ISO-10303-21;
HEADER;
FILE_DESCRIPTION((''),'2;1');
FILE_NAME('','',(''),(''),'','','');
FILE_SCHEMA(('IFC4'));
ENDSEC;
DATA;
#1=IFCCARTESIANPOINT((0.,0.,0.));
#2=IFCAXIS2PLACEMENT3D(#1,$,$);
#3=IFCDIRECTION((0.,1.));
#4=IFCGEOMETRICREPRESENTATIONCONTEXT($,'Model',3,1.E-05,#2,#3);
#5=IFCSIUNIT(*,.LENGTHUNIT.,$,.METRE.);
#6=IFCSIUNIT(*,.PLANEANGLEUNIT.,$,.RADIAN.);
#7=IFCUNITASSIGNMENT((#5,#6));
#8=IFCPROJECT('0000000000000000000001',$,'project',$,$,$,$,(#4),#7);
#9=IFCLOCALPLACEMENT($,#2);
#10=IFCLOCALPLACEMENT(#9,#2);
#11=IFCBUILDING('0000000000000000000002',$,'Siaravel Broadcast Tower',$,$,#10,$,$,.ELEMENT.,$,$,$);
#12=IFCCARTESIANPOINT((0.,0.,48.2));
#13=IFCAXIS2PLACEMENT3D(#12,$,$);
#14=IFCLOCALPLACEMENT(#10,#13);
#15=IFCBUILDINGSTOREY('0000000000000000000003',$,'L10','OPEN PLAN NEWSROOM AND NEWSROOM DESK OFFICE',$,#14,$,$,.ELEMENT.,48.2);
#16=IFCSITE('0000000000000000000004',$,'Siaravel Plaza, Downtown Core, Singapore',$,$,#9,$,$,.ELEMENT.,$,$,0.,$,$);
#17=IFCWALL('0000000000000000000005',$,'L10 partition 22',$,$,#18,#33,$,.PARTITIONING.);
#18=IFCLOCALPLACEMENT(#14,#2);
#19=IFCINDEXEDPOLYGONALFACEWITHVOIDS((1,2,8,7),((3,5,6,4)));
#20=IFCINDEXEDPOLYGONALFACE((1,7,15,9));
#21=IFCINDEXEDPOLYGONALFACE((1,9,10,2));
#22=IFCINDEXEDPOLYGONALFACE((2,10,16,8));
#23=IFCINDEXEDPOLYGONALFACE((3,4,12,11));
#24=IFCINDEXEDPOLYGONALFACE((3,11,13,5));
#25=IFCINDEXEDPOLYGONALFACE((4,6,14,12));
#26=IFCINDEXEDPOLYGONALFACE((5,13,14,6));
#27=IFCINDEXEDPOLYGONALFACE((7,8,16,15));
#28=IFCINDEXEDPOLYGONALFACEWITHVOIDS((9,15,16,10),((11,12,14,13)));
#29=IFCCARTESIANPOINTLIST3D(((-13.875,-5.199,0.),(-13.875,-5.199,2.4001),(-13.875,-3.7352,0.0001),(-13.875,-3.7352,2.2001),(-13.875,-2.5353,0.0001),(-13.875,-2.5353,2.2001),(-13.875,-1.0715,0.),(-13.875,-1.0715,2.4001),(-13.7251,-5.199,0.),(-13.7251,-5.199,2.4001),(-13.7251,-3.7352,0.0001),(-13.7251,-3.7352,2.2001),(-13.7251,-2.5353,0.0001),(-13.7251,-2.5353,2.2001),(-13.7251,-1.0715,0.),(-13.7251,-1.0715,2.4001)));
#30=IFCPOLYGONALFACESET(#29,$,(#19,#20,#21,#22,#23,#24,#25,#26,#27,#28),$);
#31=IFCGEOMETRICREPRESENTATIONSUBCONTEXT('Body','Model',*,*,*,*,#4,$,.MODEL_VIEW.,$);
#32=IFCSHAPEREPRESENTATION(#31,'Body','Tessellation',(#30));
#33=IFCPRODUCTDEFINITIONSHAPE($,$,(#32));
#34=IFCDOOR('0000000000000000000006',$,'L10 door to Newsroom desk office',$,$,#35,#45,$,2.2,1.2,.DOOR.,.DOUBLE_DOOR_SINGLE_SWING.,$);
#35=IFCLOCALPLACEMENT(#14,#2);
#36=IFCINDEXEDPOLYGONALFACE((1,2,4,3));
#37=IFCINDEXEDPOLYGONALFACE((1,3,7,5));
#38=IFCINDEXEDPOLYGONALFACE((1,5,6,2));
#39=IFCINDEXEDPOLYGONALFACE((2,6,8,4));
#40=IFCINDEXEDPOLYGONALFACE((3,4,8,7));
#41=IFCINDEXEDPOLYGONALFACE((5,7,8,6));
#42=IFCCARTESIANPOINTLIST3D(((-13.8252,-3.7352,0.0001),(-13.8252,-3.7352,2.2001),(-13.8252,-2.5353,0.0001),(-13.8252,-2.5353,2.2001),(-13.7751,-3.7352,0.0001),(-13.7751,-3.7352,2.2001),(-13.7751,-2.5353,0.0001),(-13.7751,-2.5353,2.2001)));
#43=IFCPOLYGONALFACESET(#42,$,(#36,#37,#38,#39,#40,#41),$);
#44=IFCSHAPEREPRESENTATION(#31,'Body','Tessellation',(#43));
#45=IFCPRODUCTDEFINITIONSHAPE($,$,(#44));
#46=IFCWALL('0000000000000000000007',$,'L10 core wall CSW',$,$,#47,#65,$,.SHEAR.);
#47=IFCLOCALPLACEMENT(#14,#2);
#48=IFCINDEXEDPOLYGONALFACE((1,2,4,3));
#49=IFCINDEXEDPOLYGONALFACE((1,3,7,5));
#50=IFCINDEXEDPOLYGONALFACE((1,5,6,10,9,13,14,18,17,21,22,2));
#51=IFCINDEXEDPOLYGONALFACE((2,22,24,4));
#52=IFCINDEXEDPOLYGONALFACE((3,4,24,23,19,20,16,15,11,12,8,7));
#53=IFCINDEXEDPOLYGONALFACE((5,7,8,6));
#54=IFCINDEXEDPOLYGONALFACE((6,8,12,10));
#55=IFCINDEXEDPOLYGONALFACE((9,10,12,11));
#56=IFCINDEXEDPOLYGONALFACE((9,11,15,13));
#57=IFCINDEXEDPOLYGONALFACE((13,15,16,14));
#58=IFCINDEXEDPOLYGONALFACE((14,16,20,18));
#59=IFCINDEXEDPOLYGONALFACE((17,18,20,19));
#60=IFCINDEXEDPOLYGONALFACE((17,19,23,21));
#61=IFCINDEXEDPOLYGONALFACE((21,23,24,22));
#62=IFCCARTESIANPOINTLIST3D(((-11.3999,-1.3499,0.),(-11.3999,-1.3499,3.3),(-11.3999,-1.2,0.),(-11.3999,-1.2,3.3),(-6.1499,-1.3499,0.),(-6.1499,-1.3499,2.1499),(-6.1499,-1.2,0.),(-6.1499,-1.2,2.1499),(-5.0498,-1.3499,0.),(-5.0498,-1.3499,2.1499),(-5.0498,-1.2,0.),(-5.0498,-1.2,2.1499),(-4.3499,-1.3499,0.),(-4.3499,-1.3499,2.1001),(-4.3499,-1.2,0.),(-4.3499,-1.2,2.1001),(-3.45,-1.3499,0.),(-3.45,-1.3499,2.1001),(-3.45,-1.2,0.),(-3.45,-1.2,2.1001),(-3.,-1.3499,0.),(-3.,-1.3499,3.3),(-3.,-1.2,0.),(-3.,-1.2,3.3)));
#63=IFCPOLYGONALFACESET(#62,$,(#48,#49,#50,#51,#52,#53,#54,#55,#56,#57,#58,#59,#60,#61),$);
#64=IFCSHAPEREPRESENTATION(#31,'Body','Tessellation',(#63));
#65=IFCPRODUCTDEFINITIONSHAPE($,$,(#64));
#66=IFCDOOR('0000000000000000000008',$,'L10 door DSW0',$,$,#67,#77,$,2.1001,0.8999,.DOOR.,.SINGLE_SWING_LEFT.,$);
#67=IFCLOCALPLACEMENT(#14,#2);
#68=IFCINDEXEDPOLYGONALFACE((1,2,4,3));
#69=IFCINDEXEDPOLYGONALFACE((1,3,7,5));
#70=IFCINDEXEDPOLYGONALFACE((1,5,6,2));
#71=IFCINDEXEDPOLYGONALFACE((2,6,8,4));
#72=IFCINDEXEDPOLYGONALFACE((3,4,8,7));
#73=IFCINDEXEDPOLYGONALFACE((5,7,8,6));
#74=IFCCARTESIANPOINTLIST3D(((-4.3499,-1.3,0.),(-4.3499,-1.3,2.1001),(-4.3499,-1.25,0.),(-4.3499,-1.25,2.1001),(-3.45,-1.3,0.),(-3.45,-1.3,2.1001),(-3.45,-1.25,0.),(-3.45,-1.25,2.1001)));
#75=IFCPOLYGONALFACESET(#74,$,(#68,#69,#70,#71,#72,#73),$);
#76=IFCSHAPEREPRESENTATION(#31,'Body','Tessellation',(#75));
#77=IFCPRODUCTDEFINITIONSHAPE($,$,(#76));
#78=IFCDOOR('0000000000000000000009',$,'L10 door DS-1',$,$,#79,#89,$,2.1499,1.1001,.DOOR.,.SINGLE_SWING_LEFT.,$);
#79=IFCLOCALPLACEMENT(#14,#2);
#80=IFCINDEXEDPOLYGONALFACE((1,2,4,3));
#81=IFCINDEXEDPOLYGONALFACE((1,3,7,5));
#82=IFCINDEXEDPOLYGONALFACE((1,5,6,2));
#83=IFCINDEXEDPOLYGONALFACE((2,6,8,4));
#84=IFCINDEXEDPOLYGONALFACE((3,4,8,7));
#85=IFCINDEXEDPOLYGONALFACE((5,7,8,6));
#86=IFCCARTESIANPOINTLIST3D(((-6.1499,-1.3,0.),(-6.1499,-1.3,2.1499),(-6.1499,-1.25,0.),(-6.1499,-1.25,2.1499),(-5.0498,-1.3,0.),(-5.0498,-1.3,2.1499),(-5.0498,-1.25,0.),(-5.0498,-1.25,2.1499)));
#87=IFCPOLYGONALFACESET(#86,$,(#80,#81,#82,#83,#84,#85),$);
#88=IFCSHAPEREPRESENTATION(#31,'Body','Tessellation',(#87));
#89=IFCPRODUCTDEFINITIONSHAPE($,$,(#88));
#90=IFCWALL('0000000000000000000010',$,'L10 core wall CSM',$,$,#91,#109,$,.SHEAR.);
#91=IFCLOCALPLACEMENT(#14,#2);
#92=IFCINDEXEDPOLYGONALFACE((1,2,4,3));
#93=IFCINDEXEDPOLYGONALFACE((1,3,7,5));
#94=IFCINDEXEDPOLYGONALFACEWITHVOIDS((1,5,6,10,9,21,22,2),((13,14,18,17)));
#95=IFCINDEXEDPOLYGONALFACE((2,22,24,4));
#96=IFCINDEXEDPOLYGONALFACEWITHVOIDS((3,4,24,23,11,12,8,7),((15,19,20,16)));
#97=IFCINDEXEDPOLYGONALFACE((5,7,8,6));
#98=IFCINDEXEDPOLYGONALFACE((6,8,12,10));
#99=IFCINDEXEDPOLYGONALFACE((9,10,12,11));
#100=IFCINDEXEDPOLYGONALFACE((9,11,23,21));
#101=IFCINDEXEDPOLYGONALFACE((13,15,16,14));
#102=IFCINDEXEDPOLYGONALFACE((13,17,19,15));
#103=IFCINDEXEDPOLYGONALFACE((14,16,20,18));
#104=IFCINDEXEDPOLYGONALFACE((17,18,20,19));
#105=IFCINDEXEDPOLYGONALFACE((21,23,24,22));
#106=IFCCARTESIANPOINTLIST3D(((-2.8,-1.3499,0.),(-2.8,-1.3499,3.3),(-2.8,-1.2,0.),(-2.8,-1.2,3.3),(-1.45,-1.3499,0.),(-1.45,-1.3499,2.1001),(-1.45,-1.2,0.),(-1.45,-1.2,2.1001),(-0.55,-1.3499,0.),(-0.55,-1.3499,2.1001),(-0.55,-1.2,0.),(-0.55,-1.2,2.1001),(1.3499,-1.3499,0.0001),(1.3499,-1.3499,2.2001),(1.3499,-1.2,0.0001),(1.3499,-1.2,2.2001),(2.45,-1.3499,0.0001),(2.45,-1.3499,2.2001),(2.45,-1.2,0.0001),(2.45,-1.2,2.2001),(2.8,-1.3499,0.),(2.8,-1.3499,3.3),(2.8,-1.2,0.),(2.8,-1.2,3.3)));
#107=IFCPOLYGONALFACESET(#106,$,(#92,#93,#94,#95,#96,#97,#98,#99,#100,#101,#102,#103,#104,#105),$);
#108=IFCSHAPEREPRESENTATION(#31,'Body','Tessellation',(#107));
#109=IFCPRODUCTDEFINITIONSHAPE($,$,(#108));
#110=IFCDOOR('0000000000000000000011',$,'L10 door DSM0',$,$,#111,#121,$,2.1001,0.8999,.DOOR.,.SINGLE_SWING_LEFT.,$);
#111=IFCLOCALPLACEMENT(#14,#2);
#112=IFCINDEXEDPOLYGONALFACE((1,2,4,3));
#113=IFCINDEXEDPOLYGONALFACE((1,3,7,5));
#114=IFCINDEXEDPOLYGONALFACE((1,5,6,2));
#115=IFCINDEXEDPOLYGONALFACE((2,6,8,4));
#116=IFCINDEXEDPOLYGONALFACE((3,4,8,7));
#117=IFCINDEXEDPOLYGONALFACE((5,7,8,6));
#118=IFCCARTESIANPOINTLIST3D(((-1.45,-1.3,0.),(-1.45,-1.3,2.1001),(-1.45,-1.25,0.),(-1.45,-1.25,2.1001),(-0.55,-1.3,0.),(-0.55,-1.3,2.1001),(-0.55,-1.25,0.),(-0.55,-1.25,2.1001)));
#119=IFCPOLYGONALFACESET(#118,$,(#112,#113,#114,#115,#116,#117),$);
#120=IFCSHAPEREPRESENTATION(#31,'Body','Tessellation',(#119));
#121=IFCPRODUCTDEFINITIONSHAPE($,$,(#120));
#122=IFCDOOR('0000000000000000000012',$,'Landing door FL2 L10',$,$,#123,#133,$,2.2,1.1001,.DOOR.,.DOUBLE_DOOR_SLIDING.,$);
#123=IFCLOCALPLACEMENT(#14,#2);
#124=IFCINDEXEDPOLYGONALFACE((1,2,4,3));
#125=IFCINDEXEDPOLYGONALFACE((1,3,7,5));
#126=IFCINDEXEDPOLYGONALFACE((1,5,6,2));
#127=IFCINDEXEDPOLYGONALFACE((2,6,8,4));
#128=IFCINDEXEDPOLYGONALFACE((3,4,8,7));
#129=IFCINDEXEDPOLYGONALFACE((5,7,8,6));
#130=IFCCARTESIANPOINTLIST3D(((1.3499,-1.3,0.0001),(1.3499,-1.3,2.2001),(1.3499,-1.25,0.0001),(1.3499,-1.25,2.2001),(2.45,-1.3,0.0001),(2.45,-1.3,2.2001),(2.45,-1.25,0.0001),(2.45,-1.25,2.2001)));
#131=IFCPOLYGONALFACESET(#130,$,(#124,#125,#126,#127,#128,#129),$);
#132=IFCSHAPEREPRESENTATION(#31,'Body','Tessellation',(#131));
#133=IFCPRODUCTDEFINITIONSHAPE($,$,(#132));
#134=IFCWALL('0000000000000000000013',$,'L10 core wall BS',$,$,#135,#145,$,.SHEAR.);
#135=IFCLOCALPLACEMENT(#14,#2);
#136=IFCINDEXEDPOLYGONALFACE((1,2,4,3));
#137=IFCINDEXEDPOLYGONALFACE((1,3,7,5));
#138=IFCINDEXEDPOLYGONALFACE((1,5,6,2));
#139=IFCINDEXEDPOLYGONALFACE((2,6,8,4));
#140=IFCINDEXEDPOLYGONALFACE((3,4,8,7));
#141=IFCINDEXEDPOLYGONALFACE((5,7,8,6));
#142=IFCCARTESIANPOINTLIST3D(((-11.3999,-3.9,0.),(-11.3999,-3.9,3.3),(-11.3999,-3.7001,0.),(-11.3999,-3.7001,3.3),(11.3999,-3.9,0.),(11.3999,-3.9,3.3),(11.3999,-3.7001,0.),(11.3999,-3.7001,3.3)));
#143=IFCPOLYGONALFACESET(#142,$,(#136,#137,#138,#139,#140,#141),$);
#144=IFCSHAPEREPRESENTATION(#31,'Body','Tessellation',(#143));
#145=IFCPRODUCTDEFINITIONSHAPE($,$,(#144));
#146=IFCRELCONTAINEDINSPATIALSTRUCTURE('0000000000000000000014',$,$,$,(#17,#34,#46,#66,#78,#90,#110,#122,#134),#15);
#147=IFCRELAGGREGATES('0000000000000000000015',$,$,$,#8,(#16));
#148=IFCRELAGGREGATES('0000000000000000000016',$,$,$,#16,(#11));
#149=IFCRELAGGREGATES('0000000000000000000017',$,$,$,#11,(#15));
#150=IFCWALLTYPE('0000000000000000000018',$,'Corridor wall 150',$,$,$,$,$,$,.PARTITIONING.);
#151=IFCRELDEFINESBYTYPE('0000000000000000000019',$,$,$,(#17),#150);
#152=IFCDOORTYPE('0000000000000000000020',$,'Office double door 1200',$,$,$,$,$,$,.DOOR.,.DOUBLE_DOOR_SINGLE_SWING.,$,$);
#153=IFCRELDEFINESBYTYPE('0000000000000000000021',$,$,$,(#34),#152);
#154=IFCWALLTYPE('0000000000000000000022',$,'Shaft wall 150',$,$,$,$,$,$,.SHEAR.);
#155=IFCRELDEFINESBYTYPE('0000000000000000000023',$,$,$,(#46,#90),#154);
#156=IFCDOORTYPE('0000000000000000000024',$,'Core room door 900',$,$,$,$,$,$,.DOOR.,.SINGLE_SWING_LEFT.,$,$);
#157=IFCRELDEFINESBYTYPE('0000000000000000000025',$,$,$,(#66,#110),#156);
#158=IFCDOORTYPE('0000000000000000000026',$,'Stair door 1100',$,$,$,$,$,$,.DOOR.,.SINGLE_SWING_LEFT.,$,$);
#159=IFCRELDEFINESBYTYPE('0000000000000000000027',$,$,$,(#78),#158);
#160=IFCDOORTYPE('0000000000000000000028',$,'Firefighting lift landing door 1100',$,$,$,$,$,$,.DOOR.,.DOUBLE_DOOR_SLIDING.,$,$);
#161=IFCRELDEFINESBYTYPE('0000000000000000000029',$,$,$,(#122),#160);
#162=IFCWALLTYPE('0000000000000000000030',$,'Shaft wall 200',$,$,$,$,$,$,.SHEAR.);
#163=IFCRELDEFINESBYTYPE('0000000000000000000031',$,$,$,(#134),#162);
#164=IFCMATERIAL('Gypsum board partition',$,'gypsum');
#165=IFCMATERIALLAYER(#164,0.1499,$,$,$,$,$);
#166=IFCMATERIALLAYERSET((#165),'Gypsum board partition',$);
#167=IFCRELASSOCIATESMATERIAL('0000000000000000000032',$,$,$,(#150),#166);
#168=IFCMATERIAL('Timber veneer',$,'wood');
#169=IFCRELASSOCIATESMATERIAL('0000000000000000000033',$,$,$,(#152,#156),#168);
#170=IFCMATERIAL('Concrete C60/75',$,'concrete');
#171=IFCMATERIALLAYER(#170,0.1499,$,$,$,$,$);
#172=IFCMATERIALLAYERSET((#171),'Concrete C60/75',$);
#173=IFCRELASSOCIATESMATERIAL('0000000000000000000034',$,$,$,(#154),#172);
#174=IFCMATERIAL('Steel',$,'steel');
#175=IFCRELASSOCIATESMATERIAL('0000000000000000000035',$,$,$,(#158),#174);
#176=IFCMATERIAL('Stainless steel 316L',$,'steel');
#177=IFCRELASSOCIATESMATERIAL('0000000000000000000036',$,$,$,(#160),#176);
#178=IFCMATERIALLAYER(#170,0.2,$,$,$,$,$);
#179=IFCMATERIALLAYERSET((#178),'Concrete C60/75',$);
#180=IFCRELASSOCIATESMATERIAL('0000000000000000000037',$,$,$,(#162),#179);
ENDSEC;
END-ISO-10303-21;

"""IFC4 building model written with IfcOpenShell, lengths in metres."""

from ifc_helpers import new_model, si_unit, direction, frame, frame_2d, origin, place, context, subcontext, project, spatial, rectangle, extrude, material, layer, layer_set, type_object, element, fill, save


model = new_model("IFC4")

# Units and contexts
model_context = context("Model", 3, precision=1e-05, world=origin(), true_north=direction((0.0, 1.0)))
body_context = subcontext(model_context, "Body", "Model", "MODEL_VIEW")
ifc_project = project(units=[si_unit("LENGTHUNIT", "METRE"), si_unit("PLANEANGLEUNIT", "RADIAN")], contexts=[model_context])

# Site, building, storey
site_placement = place(None, origin())
site = spatial("IfcSite", under=ifc_project, at=site_placement, Name="Siaravel Plaza, Downtown Core, Singapore", CompositionType="ELEMENT", RefElevation=0.0)
building_placement = place(site_placement, origin())
building = spatial("IfcBuilding", under=site, at=building_placement, Name="Siaravel Broadcast Tower", CompositionType="ELEMENT")
storey_placement = place(building_placement, frame((0.0, 0.0, 48.2)))
storey = spatial("IfcBuildingStorey", under=building, at=storey_placement, Name="L10", Description="OPEN PLAN NEWSROOM AND NEWSROOM DESK OFFICE", CompositionType="ELEMENT", Elevation=48.2)

# Wall, opening, door
ifc_material_1 = material(Name="Gypsum board partition", Category="gypsum")
ifc_layer_1 = layer(ifc_material_1, 0.1499)
ifc_layer_set_1 = layer_set([ifc_layer_1], Name="Gypsum board partition")
wall_type_1 = type_object("IfcWallType", Name="Corridor wall 150", PredefinedType="PARTITIONING", material=ifc_layer_set_1)
wall_1_placement = place(storey_placement, frame((-13.8, -1.0715, 0.0), z_axis=(0.0, 0.0, 1.0), x_axis=(0.0, -1.0, 0.0)))
wall_1 = element("IfcWall", 1, at=wall_1_placement, inside=storey, type_object=wall_type_1, Name="L10 partition 22", PredefinedType="PARTITIONING", context=body_context, shape_type="SweptSolid", body=[
    extrude(rectangle(XDim=4.1274, YDim=0.1499, at=frame_2d((2.0637, 0.0))), origin(), (0.0, 0.0, 1.0), 2.4001),
])
opening_1_placement = place(wall_1_placement, frame((1.4636, 0.0, 0.0)))
opening_1 = element("IfcOpeningElement", 2, at=opening_1_placement, cuts=wall_1, PredefinedType="OPENING", context=body_context, shape_type="SweptSolid", body=[
    extrude(rectangle(XDim=1.2, YDim=2.2, at=frame_2d((0.6001, 1.1001))), frame((0.0, 0.085, 0.0), z_axis=(0.0, -1.0, 0.0), x_axis=(1.0, 0.0, 0.0)), (0.0, 0.0, 1.0), 0.1699),
])
ifc_material_2 = material(Name="Timber veneer", Category="wood")
door_type_1 = type_object("IfcDoorType", Name="Office double door 1200", OperationType="DOUBLE_DOOR_SINGLE_SWING", PredefinedType="DOOR", material=ifc_material_2)
door_1_placement = place(opening_1_placement, origin())
door_1 = element("IfcDoor", 3, at=door_1_placement, inside=storey, type_object=door_type_1, Name="L10 door to Newsroom desk office", OperationType="DOUBLE_DOOR_SINGLE_SWING", OverallHeight=2.2, OverallWidth=1.2, PredefinedType="DOOR", context=body_context, shape_type="SweptSolid", body=[
    extrude(rectangle(XDim=1.2, YDim=2.2, at=frame_2d((0.6001, 1.1001))), frame((0.0, 0.0249, 0.0), z_axis=(0.0, -1.0, 0.0), x_axis=(1.0, 0.0, 0.0)), (0.0, 0.0, 1.0), 0.05),
])
fill(opening_1, door_1)

# Walls, openings, doors
ifc_material_3 = material(Name="Concrete C60/75", Category="concrete")
ifc_layer_2 = layer(ifc_material_3, 0.1499)
ifc_layer_set_2 = layer_set([ifc_layer_2], Name="Concrete C60/75")
wall_type_2 = type_object("IfcWallType", Name="Shaft wall 150", PredefinedType="SHEAR", material=ifc_layer_set_2)
wall_2_placement = place(storey_placement, frame((-11.3999, -1.2749, 0.0), z_axis=(0.0, 0.0, 1.0), x_axis=(1.0, 0.0, 0.0)))
wall_2 = element("IfcWall", 4, at=wall_2_placement, inside=storey, type_object=wall_type_2, Name="L10 core wall CSW", PredefinedType="SHEAR", context=body_context, shape_type="SweptSolid", body=[
    extrude(rectangle(XDim=8.3999, YDim=0.1499, at=frame_2d((4.2, 0.0))), origin(), (0.0, 0.0, 1.0), 3.3),
])
opening_2_placement = place(wall_2_placement, frame((5.25, 0.0, 0.0)))
opening_2 = element("IfcOpeningElement", 5, at=opening_2_placement, cuts=wall_2, PredefinedType="OPENING", context=body_context, shape_type="SweptSolid", body=[
    extrude(rectangle(XDim=1.1001, YDim=2.1499, at=frame_2d((0.55, 1.075))), frame((0.0, 0.085, 0.0), z_axis=(0.0, -1.0, 0.0), x_axis=(1.0, 0.0, 0.0)), (0.0, 0.0, 1.0), 0.1699),
])
opening_3_placement = place(wall_2_placement, frame((7.05, 0.0, 0.0)))
opening_3 = element("IfcOpeningElement", 6, at=opening_3_placement, cuts=wall_2, PredefinedType="OPENING", context=body_context, shape_type="SweptSolid", body=[
    extrude(rectangle(XDim=0.8999, YDim=2.1001, at=frame_2d((0.45, 1.05))), frame((0.0, 0.085, 0.0), z_axis=(0.0, -1.0, 0.0), x_axis=(1.0, 0.0, 0.0)), (0.0, 0.0, 1.0), 0.1699),
])
door_type_2 = type_object("IfcDoorType", Name="Core room door 900", OperationType="SINGLE_SWING_LEFT", PredefinedType="DOOR", material=ifc_material_2)
door_2_placement = place(opening_3_placement, origin())
door_2 = element("IfcDoor", 7, at=door_2_placement, inside=storey, type_object=door_type_2, Name="L10 door DSW0", OperationType="SINGLE_SWING_LEFT", OverallHeight=2.1001, OverallWidth=0.8999, PredefinedType="DOOR", context=body_context, shape_type="SweptSolid", body=[
    extrude(rectangle(XDim=0.8999, YDim=2.1001, at=frame_2d((0.45, 1.05))), frame((0.0, 0.0249, 0.0), z_axis=(0.0, -1.0, 0.0), x_axis=(1.0, 0.0, 0.0)), (0.0, 0.0, 1.0), 0.05),
])
fill(opening_3, door_2)
ifc_material_4 = material(Name="Steel", Category="steel")
door_type_3 = type_object("IfcDoorType", Name="Stair door 1100", OperationType="SINGLE_SWING_LEFT", PredefinedType="DOOR", material=ifc_material_4)
door_3_placement = place(opening_2_placement, origin())
door_3 = element("IfcDoor", 8, at=door_3_placement, inside=storey, type_object=door_type_3, Name="L10 door DS-1", OperationType="SINGLE_SWING_LEFT", OverallHeight=2.1499, OverallWidth=1.1001, PredefinedType="DOOR", context=body_context, shape_type="SweptSolid", body=[
    extrude(rectangle(XDim=1.1001, YDim=2.1499, at=frame_2d((0.55, 1.075))), frame((0.0, 0.0249, 0.0), z_axis=(0.0, -1.0, 0.0), x_axis=(1.0, 0.0, 0.0)), (0.0, 0.0, 1.0), 0.05),
])
fill(opening_2, door_3)
wall_3_placement = place(storey_placement, frame((-2.8, -1.2749, 0.0), z_axis=(0.0, 0.0, 1.0), x_axis=(1.0, 0.0, 0.0)))
wall_3 = element("IfcWall", 9, at=wall_3_placement, inside=storey, type_object=wall_type_2, Name="L10 core wall CSM", PredefinedType="SHEAR", context=body_context, shape_type="SweptSolid", body=[
    extrude(rectangle(XDim=5.6001, YDim=0.1499, at=frame_2d((2.8, 0.0))), origin(), (0.0, 0.0, 1.0), 3.3),
])
opening_4_placement = place(wall_3_placement, frame((4.1499, 0.0, 0.0)))
opening_4 = element("IfcOpeningElement", 10, at=opening_4_placement, cuts=wall_3, PredefinedType="OPENING", context=body_context, shape_type="SweptSolid", body=[
    extrude(rectangle(XDim=1.1001, YDim=2.2, at=frame_2d((0.55, 1.1001))), frame((0.0, 0.085, 0.0), z_axis=(0.0, -1.0, 0.0), x_axis=(1.0, 0.0, 0.0)), (0.0, 0.0, 1.0), 0.1699),
])
opening_5_placement = place(wall_3_placement, frame((1.3501, 0.0, 0.0)))
opening_5 = element("IfcOpeningElement", 11, at=opening_5_placement, cuts=wall_3, PredefinedType="OPENING", context=body_context, shape_type="SweptSolid", body=[
    extrude(rectangle(XDim=0.8999, YDim=2.1001, at=frame_2d((0.45, 1.05))), frame((0.0, 0.085, 0.0), z_axis=(0.0, -1.0, 0.0), x_axis=(1.0, 0.0, 0.0)), (0.0, 0.0, 1.0), 0.1699),
])
door_4_placement = place(opening_5_placement, origin())
door_4 = element("IfcDoor", 12, at=door_4_placement, inside=storey, type_object=door_type_2, Name="L10 door DSM0", OperationType="SINGLE_SWING_LEFT", OverallHeight=2.1001, OverallWidth=0.8999, PredefinedType="DOOR", context=body_context, shape_type="SweptSolid", body=[
    extrude(rectangle(XDim=0.8999, YDim=2.1001, at=frame_2d((0.45, 1.05))), frame((0.0, 0.0249, 0.0), z_axis=(0.0, -1.0, 0.0), x_axis=(1.0, 0.0, 0.0)), (0.0, 0.0, 1.0), 0.05),
])
fill(opening_5, door_4)
ifc_material_5 = material(Name="Stainless steel 316L", Category="steel")
door_type_4 = type_object("IfcDoorType", Name="Firefighting lift landing door 1100", OperationType="DOUBLE_DOOR_SLIDING", PredefinedType="DOOR", material=ifc_material_5)
door_5_placement = place(opening_4_placement, origin())
door_5 = element("IfcDoor", 13, at=door_5_placement, inside=storey, type_object=door_type_4, Name="Landing door FL2 L10", OperationType="DOUBLE_DOOR_SLIDING", OverallHeight=2.2, OverallWidth=1.1001, PredefinedType="DOOR", context=body_context, shape_type="SweptSolid", body=[
    extrude(rectangle(XDim=1.1001, YDim=2.2, at=frame_2d((0.55, 1.1001))), frame((0.0, 0.0249, 0.0), z_axis=(0.0, -1.0, 0.0), x_axis=(1.0, 0.0, 0.0)), (0.0, 0.0, 1.0), 0.05),
])
fill(opening_4, door_5)

# Wall
ifc_layer_3 = layer(ifc_material_3, 0.2)
ifc_layer_set_3 = layer_set([ifc_layer_3], Name="Concrete C60/75")
wall_type_3 = type_object("IfcWallType", Name="Shaft wall 200", PredefinedType="SHEAR", material=ifc_layer_set_3)
wall_4_placement = place(storey_placement, frame((-11.3999, -3.8, 0.0), z_axis=(0.0, 0.0, 1.0), x_axis=(1.0, 0.0, 0.0)))
element("IfcWall", 14, at=wall_4_placement, inside=storey, type_object=wall_type_3, Name="L10 core wall BS", PredefinedType="SHEAR", context=body_context, shape_type="SweptSolid", body=[
    extrude(rectangle(XDim=22.7998, YDim=0.2, at=frame_2d((11.3999, 0.0))), origin(), (0.0, 0.0, 1.0), 3.3),
])

save(model, "model.ifc")
